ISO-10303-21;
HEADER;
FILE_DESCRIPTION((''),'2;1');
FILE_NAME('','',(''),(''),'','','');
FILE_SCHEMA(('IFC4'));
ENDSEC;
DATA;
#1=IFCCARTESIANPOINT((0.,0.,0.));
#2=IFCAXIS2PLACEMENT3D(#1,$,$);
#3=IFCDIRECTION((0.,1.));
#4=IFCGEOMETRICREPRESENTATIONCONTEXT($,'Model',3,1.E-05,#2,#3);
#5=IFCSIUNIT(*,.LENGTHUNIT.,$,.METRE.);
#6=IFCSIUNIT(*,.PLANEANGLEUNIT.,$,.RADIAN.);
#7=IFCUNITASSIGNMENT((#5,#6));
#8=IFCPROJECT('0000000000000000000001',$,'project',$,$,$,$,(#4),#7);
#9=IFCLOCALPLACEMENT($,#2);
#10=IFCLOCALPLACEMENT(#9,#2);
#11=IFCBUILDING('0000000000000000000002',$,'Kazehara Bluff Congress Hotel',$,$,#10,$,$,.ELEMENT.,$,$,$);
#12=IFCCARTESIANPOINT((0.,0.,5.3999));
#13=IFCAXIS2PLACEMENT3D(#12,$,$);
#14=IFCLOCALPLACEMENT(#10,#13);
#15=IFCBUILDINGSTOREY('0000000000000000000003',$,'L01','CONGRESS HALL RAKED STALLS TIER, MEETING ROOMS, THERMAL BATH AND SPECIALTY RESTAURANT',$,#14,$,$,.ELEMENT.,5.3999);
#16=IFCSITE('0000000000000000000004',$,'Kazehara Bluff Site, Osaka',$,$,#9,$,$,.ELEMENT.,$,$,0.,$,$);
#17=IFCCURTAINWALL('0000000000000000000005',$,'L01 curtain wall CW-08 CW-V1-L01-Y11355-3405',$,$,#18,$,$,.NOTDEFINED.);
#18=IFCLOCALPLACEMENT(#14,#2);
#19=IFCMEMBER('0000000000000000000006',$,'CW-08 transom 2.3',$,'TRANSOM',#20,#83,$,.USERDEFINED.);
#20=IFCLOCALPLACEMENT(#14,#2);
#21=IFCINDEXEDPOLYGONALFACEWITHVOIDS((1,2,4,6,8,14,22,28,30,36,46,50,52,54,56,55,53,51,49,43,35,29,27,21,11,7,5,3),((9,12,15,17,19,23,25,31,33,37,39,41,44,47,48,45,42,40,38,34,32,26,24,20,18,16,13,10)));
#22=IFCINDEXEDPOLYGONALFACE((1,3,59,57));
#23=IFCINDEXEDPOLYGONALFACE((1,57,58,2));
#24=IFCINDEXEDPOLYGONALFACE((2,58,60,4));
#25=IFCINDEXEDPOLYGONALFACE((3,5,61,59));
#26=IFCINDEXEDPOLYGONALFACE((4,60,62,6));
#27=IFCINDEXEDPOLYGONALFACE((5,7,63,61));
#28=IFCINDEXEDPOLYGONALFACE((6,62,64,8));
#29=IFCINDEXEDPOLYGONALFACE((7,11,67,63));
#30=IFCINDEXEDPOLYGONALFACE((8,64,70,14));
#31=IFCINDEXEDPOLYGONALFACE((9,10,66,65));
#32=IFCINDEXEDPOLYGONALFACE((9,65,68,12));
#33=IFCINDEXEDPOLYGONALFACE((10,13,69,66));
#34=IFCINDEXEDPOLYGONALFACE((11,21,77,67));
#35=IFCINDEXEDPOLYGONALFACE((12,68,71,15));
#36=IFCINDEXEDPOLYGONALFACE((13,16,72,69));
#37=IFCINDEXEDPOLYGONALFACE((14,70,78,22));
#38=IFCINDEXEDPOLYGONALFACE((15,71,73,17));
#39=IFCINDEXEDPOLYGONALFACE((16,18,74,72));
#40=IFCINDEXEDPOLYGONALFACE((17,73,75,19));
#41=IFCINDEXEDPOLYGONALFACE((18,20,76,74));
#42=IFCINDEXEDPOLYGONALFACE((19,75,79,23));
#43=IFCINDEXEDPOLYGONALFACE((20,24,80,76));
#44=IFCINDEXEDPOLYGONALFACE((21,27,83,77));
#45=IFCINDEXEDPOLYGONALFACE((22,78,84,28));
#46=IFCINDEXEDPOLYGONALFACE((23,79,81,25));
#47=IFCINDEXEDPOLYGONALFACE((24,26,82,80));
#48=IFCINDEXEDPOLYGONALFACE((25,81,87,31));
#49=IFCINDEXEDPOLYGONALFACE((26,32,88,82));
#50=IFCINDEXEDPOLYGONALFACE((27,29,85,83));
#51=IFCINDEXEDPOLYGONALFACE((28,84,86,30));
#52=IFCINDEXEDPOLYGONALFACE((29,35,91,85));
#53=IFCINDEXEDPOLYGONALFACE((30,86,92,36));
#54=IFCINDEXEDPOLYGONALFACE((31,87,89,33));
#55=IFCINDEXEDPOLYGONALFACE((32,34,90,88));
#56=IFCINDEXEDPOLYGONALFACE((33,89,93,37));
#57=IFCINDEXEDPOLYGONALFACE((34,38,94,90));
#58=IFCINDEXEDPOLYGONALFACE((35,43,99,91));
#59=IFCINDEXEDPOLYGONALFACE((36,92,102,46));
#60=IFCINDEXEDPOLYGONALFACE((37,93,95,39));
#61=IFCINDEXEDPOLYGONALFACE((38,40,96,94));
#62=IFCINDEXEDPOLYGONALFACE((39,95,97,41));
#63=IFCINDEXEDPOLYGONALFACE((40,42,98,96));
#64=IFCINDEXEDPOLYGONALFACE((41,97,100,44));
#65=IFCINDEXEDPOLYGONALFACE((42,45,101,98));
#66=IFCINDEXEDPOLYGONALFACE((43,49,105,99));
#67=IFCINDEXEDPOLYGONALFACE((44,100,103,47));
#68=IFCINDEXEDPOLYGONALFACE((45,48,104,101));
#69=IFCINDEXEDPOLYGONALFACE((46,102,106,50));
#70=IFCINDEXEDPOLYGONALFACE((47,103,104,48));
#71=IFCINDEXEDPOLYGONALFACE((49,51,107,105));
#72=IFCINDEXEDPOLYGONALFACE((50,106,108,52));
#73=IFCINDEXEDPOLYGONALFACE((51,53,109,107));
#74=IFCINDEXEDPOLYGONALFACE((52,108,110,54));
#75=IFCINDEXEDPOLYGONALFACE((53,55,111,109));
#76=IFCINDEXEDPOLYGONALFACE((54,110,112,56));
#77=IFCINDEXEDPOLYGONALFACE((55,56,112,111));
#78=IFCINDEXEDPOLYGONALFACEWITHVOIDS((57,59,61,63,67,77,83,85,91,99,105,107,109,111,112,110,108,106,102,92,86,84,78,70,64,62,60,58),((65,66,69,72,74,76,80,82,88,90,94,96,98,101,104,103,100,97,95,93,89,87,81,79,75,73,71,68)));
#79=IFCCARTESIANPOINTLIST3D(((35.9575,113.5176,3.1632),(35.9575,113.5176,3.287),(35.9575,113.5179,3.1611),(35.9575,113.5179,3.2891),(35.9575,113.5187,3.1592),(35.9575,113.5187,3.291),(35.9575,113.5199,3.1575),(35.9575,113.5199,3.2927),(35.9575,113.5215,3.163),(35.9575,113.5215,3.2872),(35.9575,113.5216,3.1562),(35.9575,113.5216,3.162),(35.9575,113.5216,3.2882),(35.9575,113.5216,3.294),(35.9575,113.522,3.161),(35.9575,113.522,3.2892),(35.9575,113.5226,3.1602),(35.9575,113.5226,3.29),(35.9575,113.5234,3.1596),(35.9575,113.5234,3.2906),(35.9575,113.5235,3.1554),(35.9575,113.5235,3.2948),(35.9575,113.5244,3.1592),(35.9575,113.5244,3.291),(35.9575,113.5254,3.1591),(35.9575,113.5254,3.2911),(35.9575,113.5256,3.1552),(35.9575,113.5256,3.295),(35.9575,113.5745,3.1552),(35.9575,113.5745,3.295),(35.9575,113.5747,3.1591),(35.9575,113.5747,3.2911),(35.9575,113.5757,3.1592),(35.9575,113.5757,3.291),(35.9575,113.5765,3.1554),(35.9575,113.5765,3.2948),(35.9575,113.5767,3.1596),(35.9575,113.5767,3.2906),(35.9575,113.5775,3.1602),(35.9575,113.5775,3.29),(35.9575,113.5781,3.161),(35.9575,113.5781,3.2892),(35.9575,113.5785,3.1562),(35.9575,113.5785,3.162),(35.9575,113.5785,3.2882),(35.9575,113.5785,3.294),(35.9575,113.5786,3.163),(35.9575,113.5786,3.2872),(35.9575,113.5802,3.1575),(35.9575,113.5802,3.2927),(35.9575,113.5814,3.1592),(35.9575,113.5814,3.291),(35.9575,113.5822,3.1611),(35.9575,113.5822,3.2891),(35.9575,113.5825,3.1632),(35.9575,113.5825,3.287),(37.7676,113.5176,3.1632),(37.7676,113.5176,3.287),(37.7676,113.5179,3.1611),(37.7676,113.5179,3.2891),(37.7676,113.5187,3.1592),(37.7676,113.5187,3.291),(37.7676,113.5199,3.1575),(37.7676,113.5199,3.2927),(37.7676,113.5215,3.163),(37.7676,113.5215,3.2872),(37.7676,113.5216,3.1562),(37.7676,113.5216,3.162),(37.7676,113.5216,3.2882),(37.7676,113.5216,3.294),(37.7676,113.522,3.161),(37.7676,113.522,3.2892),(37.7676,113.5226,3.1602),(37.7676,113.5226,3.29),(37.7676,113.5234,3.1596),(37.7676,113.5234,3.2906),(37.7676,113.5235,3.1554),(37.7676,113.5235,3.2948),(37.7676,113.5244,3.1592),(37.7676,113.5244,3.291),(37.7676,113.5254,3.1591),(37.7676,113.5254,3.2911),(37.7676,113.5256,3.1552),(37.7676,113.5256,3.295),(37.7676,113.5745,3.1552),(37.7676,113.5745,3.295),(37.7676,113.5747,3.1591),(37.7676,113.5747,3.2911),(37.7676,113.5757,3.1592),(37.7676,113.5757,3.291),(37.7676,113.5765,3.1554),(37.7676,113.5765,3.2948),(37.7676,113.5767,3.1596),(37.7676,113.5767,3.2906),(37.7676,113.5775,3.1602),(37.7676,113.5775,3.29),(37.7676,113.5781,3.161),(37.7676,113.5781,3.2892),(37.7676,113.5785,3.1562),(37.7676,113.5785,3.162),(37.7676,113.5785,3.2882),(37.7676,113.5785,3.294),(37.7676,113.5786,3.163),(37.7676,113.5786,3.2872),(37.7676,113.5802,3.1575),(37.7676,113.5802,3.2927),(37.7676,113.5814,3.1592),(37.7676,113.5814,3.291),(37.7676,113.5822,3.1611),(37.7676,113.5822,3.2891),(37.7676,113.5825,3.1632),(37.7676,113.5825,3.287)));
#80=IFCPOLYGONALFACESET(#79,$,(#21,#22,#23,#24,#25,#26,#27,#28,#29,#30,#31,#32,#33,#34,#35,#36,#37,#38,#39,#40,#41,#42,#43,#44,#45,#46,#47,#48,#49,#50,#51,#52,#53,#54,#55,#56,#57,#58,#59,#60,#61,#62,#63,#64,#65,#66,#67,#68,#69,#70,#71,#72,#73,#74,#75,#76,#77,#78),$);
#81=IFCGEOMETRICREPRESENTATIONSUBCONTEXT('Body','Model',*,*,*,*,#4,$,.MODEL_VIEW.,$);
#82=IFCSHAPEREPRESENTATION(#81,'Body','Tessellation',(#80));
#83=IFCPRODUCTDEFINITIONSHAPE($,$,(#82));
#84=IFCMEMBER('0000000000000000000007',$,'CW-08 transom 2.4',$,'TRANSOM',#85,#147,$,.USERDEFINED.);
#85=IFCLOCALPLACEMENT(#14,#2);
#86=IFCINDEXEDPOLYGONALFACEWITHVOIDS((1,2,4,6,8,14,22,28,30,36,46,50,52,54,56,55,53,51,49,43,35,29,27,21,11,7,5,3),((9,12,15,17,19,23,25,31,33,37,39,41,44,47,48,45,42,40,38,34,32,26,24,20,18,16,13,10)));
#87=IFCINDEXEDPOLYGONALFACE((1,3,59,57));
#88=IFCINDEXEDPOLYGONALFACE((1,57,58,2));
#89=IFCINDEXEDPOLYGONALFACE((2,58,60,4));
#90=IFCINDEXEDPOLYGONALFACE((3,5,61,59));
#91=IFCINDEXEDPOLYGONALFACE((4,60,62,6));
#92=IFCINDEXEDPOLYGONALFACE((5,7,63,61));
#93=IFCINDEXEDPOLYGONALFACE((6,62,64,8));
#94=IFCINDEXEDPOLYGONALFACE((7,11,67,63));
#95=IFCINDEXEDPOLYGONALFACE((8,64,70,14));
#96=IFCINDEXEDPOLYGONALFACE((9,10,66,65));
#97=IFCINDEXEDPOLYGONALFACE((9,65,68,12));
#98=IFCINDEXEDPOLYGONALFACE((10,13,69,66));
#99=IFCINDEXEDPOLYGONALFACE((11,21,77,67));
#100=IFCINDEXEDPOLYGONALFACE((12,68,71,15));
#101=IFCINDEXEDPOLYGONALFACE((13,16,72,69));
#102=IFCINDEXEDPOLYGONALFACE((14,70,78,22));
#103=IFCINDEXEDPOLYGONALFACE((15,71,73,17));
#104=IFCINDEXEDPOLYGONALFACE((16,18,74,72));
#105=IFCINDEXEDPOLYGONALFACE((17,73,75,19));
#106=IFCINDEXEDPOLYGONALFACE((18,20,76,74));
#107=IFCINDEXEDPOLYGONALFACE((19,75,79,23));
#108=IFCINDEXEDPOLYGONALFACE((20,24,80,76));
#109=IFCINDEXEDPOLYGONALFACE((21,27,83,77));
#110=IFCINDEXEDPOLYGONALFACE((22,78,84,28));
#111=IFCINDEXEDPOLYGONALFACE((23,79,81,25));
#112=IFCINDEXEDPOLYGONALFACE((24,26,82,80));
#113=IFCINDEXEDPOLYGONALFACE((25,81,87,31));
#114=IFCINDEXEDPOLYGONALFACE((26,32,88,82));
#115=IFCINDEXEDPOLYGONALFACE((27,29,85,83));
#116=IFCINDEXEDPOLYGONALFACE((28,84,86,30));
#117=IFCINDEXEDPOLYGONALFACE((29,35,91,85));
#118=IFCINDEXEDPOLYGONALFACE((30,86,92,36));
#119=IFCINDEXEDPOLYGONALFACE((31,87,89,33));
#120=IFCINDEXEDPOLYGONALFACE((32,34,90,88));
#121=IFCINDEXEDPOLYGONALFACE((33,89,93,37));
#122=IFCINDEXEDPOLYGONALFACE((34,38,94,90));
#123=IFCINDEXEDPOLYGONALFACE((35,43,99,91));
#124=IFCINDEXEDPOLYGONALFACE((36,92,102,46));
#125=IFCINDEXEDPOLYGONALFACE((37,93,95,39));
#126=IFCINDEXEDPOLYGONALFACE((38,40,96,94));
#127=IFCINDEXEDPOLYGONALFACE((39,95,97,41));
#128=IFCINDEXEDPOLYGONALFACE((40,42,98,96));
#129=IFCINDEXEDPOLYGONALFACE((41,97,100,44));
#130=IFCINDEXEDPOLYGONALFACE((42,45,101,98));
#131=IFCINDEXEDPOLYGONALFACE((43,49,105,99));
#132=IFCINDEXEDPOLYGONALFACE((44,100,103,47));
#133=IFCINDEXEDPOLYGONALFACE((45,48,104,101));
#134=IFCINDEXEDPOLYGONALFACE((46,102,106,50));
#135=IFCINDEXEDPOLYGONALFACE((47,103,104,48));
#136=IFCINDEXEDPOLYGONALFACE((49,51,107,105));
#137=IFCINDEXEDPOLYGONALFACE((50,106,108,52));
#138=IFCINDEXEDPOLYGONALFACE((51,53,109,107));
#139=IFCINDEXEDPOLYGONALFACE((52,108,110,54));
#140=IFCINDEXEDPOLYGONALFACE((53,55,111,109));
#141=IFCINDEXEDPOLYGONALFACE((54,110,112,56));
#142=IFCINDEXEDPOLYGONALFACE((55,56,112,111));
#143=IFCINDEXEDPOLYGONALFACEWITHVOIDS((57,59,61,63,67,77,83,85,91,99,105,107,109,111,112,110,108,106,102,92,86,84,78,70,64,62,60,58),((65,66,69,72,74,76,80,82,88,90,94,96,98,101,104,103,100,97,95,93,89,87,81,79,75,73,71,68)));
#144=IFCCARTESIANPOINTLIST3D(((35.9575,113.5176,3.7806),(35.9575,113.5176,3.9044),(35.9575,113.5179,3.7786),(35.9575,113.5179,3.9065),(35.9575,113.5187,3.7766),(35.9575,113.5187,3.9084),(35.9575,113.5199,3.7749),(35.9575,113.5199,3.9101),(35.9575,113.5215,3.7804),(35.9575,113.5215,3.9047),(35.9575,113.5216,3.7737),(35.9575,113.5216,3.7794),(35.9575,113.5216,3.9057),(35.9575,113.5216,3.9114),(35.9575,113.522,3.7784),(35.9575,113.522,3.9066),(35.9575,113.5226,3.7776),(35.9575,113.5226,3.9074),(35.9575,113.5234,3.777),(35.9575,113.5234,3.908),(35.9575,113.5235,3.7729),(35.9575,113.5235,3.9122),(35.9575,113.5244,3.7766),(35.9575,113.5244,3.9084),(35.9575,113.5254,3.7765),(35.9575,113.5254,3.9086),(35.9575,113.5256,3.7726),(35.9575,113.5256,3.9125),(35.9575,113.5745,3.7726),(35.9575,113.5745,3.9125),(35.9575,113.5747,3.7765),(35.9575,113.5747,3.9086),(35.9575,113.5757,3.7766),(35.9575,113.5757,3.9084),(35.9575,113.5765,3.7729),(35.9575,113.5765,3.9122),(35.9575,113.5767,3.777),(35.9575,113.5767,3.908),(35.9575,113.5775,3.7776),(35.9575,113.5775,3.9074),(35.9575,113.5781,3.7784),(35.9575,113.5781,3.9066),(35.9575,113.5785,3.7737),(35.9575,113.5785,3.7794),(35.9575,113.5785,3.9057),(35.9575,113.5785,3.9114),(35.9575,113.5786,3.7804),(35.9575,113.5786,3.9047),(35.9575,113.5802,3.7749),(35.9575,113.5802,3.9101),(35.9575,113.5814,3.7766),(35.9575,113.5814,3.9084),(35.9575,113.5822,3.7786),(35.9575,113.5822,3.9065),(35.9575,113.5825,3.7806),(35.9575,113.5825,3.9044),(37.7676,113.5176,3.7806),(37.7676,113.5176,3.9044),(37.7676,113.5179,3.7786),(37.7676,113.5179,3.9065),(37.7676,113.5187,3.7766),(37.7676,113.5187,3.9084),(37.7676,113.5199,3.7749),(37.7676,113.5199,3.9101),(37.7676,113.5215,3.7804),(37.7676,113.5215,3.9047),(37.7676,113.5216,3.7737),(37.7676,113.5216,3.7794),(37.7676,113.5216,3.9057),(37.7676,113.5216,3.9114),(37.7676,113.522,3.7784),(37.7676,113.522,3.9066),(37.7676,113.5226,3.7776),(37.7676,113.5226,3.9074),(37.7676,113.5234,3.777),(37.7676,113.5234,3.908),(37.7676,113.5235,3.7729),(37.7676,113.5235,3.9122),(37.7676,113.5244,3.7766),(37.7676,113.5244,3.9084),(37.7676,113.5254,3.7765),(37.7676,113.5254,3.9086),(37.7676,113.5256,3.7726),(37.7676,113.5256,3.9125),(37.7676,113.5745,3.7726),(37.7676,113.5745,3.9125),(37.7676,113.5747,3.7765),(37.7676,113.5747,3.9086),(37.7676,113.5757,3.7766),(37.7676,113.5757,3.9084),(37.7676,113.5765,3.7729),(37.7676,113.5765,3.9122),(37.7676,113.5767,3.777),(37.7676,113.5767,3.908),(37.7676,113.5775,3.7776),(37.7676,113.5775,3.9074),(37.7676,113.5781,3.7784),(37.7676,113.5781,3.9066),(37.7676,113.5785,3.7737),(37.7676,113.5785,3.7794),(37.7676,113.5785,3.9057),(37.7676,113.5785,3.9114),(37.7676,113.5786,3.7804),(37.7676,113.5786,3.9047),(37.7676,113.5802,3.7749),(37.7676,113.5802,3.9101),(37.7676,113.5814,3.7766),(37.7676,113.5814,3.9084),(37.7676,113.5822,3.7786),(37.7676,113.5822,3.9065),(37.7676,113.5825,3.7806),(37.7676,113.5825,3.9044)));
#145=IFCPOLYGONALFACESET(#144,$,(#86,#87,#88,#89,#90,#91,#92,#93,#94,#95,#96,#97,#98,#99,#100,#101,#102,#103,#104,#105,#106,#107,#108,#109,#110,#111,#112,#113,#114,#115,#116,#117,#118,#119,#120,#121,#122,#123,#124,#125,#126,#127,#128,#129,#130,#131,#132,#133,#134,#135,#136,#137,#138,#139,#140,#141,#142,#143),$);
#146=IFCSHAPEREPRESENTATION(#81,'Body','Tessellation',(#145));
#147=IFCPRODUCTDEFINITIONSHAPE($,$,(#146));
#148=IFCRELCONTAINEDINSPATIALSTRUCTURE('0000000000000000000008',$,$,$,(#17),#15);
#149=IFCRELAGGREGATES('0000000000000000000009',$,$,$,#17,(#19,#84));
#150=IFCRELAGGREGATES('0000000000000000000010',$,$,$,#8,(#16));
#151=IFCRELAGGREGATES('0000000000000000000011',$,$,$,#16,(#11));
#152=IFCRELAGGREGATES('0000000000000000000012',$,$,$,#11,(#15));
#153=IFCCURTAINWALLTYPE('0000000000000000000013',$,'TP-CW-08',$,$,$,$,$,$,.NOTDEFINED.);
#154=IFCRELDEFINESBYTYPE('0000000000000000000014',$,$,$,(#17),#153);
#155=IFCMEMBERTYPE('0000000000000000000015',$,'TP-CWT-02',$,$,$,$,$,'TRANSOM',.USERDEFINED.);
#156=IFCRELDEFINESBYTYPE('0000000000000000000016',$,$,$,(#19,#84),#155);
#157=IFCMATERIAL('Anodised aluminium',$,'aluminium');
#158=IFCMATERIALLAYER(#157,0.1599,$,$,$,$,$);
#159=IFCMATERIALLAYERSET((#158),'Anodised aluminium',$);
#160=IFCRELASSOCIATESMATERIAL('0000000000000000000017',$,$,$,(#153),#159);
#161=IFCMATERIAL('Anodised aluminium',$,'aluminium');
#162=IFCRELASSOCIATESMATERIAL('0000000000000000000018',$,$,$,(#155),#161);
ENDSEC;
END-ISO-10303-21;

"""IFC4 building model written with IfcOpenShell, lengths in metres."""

from ifc_helpers import new_model, si_unit, direction, frame, origin, origin_2d, place, context, subcontext, project, spatial, hollow_rectangle, extrude, material, layer, layer_set, material_profile, profile_set, type_object, element, aggregate, save


model = new_model("IFC4")

# Units and contexts
model_context = context("Model", 3, precision=1e-05, world=origin(), true_north=direction((0.0, 1.0)))
body_context = subcontext(model_context, "Body", "Model", "MODEL_VIEW")
ifc_project = project(units=[si_unit("LENGTHUNIT", "METRE"), si_unit("PLANEANGLEUNIT", "RADIAN")], contexts=[model_context])

# Site, building, storey
site_placement = place(None, origin())
site = spatial("IfcSite", under=ifc_project, at=site_placement, Name="Kazehara Bluff Site, Osaka", CompositionType="ELEMENT", RefElevation=0.0)
building_placement = place(site_placement, origin())
building = spatial("IfcBuilding", under=site, at=building_placement, Name="Kazehara Bluff Congress Hotel", CompositionType="ELEMENT")
storey_placement = place(building_placement, frame((0.0, 0.0, 5.3999)))
storey = spatial("IfcBuildingStorey", under=building, at=storey_placement, Name="L01", Description="CONGRESS HALL RAKED STALLS TIER, MEETING ROOMS, THERMAL BATH AND SPECIALTY RESTAURANT", CompositionType="ELEMENT", Elevation=5.3999)

# Curtain wall
ifc_material_1 = material(Name="Anodised aluminium", Category="aluminium")
ifc_layer_1 = layer(ifc_material_1, 0.1599)
ifc_layer_set_1 = layer_set([ifc_layer_1], Name="Anodised aluminium")
curtain_wall_type_1 = type_object("IfcCurtainWallType", Name="TP-CW-08", PredefinedType="NOTDEFINED", material=ifc_layer_set_1)
curtain_wall_1_placement = place(storey_placement, origin())
curtain_wall_1 = element("IfcCurtainWall", 1, at=curtain_wall_1_placement, inside=storey, type_object=curtain_wall_type_1, Name="L01 curtain wall CW-08 CW-V1-L01-Y11355-3405", PredefinedType="NOTDEFINED")

# Members
ifc_material_2 = material(Name="Anodised aluminium", Category="aluminium")
ifc_material_profile_1 = material_profile(ifc_material_2, hollow_rectangle(XDim=0.0649, YDim=0.1399, WallThickness=0.0039, InnerFilletRadius=0.0039, OuterFilletRadius=0.0081, at=origin_2d()))
ifc_profile_set_1 = profile_set([ifc_material_profile_1], Name="Anodised aluminium")
member_type_1 = type_object("IfcMemberType", Name="TP-CWT-02", ElementType="TRANSOM", PredefinedType="USERDEFINED", material=ifc_profile_set_1)
member_1_placement = place(storey_placement, frame((35.9575, 113.55, 3.2251), z_axis=(1.0, 0.0, 0.0), x_axis=(0.0, 1.0, 0.0)))
member_1 = element("IfcMember", 2, at=member_1_placement, type_object=member_type_1, Name="CW-08 transom 2.3", ObjectType="TRANSOM", PredefinedType="USERDEFINED", context=body_context, shape_type="SweptSolid", body=[
    extrude(hollow_rectangle(XDim=0.0649, YDim=0.1399, WallThickness=0.0039, InnerFilletRadius=0.0039, OuterFilletRadius=0.0081, at=origin_2d()), origin(), (0.0, 0.0, 1.0), 1.8101),
])
member_2_placement = place(storey_placement, frame((35.9575, 113.55, 3.8425), z_axis=(1.0, 0.0, 0.0), x_axis=(0.0, 1.0, 0.0)))
member_2 = element("IfcMember", 3, at=member_2_placement, type_object=member_type_1, Name="CW-08 transom 2.4", ObjectType="TRANSOM", PredefinedType="USERDEFINED", context=body_context, shape_type="SweptSolid", body=[
    extrude(hollow_rectangle(XDim=0.0649, YDim=0.1399, WallThickness=0.0039, InnerFilletRadius=0.0039, OuterFilletRadius=0.0081, at=origin_2d()), origin(), (0.0, 0.0, 1.0), 1.8101),
])

aggregate(curtain_wall_1, [member_1, member_2])

save(model, "model.ifc")
